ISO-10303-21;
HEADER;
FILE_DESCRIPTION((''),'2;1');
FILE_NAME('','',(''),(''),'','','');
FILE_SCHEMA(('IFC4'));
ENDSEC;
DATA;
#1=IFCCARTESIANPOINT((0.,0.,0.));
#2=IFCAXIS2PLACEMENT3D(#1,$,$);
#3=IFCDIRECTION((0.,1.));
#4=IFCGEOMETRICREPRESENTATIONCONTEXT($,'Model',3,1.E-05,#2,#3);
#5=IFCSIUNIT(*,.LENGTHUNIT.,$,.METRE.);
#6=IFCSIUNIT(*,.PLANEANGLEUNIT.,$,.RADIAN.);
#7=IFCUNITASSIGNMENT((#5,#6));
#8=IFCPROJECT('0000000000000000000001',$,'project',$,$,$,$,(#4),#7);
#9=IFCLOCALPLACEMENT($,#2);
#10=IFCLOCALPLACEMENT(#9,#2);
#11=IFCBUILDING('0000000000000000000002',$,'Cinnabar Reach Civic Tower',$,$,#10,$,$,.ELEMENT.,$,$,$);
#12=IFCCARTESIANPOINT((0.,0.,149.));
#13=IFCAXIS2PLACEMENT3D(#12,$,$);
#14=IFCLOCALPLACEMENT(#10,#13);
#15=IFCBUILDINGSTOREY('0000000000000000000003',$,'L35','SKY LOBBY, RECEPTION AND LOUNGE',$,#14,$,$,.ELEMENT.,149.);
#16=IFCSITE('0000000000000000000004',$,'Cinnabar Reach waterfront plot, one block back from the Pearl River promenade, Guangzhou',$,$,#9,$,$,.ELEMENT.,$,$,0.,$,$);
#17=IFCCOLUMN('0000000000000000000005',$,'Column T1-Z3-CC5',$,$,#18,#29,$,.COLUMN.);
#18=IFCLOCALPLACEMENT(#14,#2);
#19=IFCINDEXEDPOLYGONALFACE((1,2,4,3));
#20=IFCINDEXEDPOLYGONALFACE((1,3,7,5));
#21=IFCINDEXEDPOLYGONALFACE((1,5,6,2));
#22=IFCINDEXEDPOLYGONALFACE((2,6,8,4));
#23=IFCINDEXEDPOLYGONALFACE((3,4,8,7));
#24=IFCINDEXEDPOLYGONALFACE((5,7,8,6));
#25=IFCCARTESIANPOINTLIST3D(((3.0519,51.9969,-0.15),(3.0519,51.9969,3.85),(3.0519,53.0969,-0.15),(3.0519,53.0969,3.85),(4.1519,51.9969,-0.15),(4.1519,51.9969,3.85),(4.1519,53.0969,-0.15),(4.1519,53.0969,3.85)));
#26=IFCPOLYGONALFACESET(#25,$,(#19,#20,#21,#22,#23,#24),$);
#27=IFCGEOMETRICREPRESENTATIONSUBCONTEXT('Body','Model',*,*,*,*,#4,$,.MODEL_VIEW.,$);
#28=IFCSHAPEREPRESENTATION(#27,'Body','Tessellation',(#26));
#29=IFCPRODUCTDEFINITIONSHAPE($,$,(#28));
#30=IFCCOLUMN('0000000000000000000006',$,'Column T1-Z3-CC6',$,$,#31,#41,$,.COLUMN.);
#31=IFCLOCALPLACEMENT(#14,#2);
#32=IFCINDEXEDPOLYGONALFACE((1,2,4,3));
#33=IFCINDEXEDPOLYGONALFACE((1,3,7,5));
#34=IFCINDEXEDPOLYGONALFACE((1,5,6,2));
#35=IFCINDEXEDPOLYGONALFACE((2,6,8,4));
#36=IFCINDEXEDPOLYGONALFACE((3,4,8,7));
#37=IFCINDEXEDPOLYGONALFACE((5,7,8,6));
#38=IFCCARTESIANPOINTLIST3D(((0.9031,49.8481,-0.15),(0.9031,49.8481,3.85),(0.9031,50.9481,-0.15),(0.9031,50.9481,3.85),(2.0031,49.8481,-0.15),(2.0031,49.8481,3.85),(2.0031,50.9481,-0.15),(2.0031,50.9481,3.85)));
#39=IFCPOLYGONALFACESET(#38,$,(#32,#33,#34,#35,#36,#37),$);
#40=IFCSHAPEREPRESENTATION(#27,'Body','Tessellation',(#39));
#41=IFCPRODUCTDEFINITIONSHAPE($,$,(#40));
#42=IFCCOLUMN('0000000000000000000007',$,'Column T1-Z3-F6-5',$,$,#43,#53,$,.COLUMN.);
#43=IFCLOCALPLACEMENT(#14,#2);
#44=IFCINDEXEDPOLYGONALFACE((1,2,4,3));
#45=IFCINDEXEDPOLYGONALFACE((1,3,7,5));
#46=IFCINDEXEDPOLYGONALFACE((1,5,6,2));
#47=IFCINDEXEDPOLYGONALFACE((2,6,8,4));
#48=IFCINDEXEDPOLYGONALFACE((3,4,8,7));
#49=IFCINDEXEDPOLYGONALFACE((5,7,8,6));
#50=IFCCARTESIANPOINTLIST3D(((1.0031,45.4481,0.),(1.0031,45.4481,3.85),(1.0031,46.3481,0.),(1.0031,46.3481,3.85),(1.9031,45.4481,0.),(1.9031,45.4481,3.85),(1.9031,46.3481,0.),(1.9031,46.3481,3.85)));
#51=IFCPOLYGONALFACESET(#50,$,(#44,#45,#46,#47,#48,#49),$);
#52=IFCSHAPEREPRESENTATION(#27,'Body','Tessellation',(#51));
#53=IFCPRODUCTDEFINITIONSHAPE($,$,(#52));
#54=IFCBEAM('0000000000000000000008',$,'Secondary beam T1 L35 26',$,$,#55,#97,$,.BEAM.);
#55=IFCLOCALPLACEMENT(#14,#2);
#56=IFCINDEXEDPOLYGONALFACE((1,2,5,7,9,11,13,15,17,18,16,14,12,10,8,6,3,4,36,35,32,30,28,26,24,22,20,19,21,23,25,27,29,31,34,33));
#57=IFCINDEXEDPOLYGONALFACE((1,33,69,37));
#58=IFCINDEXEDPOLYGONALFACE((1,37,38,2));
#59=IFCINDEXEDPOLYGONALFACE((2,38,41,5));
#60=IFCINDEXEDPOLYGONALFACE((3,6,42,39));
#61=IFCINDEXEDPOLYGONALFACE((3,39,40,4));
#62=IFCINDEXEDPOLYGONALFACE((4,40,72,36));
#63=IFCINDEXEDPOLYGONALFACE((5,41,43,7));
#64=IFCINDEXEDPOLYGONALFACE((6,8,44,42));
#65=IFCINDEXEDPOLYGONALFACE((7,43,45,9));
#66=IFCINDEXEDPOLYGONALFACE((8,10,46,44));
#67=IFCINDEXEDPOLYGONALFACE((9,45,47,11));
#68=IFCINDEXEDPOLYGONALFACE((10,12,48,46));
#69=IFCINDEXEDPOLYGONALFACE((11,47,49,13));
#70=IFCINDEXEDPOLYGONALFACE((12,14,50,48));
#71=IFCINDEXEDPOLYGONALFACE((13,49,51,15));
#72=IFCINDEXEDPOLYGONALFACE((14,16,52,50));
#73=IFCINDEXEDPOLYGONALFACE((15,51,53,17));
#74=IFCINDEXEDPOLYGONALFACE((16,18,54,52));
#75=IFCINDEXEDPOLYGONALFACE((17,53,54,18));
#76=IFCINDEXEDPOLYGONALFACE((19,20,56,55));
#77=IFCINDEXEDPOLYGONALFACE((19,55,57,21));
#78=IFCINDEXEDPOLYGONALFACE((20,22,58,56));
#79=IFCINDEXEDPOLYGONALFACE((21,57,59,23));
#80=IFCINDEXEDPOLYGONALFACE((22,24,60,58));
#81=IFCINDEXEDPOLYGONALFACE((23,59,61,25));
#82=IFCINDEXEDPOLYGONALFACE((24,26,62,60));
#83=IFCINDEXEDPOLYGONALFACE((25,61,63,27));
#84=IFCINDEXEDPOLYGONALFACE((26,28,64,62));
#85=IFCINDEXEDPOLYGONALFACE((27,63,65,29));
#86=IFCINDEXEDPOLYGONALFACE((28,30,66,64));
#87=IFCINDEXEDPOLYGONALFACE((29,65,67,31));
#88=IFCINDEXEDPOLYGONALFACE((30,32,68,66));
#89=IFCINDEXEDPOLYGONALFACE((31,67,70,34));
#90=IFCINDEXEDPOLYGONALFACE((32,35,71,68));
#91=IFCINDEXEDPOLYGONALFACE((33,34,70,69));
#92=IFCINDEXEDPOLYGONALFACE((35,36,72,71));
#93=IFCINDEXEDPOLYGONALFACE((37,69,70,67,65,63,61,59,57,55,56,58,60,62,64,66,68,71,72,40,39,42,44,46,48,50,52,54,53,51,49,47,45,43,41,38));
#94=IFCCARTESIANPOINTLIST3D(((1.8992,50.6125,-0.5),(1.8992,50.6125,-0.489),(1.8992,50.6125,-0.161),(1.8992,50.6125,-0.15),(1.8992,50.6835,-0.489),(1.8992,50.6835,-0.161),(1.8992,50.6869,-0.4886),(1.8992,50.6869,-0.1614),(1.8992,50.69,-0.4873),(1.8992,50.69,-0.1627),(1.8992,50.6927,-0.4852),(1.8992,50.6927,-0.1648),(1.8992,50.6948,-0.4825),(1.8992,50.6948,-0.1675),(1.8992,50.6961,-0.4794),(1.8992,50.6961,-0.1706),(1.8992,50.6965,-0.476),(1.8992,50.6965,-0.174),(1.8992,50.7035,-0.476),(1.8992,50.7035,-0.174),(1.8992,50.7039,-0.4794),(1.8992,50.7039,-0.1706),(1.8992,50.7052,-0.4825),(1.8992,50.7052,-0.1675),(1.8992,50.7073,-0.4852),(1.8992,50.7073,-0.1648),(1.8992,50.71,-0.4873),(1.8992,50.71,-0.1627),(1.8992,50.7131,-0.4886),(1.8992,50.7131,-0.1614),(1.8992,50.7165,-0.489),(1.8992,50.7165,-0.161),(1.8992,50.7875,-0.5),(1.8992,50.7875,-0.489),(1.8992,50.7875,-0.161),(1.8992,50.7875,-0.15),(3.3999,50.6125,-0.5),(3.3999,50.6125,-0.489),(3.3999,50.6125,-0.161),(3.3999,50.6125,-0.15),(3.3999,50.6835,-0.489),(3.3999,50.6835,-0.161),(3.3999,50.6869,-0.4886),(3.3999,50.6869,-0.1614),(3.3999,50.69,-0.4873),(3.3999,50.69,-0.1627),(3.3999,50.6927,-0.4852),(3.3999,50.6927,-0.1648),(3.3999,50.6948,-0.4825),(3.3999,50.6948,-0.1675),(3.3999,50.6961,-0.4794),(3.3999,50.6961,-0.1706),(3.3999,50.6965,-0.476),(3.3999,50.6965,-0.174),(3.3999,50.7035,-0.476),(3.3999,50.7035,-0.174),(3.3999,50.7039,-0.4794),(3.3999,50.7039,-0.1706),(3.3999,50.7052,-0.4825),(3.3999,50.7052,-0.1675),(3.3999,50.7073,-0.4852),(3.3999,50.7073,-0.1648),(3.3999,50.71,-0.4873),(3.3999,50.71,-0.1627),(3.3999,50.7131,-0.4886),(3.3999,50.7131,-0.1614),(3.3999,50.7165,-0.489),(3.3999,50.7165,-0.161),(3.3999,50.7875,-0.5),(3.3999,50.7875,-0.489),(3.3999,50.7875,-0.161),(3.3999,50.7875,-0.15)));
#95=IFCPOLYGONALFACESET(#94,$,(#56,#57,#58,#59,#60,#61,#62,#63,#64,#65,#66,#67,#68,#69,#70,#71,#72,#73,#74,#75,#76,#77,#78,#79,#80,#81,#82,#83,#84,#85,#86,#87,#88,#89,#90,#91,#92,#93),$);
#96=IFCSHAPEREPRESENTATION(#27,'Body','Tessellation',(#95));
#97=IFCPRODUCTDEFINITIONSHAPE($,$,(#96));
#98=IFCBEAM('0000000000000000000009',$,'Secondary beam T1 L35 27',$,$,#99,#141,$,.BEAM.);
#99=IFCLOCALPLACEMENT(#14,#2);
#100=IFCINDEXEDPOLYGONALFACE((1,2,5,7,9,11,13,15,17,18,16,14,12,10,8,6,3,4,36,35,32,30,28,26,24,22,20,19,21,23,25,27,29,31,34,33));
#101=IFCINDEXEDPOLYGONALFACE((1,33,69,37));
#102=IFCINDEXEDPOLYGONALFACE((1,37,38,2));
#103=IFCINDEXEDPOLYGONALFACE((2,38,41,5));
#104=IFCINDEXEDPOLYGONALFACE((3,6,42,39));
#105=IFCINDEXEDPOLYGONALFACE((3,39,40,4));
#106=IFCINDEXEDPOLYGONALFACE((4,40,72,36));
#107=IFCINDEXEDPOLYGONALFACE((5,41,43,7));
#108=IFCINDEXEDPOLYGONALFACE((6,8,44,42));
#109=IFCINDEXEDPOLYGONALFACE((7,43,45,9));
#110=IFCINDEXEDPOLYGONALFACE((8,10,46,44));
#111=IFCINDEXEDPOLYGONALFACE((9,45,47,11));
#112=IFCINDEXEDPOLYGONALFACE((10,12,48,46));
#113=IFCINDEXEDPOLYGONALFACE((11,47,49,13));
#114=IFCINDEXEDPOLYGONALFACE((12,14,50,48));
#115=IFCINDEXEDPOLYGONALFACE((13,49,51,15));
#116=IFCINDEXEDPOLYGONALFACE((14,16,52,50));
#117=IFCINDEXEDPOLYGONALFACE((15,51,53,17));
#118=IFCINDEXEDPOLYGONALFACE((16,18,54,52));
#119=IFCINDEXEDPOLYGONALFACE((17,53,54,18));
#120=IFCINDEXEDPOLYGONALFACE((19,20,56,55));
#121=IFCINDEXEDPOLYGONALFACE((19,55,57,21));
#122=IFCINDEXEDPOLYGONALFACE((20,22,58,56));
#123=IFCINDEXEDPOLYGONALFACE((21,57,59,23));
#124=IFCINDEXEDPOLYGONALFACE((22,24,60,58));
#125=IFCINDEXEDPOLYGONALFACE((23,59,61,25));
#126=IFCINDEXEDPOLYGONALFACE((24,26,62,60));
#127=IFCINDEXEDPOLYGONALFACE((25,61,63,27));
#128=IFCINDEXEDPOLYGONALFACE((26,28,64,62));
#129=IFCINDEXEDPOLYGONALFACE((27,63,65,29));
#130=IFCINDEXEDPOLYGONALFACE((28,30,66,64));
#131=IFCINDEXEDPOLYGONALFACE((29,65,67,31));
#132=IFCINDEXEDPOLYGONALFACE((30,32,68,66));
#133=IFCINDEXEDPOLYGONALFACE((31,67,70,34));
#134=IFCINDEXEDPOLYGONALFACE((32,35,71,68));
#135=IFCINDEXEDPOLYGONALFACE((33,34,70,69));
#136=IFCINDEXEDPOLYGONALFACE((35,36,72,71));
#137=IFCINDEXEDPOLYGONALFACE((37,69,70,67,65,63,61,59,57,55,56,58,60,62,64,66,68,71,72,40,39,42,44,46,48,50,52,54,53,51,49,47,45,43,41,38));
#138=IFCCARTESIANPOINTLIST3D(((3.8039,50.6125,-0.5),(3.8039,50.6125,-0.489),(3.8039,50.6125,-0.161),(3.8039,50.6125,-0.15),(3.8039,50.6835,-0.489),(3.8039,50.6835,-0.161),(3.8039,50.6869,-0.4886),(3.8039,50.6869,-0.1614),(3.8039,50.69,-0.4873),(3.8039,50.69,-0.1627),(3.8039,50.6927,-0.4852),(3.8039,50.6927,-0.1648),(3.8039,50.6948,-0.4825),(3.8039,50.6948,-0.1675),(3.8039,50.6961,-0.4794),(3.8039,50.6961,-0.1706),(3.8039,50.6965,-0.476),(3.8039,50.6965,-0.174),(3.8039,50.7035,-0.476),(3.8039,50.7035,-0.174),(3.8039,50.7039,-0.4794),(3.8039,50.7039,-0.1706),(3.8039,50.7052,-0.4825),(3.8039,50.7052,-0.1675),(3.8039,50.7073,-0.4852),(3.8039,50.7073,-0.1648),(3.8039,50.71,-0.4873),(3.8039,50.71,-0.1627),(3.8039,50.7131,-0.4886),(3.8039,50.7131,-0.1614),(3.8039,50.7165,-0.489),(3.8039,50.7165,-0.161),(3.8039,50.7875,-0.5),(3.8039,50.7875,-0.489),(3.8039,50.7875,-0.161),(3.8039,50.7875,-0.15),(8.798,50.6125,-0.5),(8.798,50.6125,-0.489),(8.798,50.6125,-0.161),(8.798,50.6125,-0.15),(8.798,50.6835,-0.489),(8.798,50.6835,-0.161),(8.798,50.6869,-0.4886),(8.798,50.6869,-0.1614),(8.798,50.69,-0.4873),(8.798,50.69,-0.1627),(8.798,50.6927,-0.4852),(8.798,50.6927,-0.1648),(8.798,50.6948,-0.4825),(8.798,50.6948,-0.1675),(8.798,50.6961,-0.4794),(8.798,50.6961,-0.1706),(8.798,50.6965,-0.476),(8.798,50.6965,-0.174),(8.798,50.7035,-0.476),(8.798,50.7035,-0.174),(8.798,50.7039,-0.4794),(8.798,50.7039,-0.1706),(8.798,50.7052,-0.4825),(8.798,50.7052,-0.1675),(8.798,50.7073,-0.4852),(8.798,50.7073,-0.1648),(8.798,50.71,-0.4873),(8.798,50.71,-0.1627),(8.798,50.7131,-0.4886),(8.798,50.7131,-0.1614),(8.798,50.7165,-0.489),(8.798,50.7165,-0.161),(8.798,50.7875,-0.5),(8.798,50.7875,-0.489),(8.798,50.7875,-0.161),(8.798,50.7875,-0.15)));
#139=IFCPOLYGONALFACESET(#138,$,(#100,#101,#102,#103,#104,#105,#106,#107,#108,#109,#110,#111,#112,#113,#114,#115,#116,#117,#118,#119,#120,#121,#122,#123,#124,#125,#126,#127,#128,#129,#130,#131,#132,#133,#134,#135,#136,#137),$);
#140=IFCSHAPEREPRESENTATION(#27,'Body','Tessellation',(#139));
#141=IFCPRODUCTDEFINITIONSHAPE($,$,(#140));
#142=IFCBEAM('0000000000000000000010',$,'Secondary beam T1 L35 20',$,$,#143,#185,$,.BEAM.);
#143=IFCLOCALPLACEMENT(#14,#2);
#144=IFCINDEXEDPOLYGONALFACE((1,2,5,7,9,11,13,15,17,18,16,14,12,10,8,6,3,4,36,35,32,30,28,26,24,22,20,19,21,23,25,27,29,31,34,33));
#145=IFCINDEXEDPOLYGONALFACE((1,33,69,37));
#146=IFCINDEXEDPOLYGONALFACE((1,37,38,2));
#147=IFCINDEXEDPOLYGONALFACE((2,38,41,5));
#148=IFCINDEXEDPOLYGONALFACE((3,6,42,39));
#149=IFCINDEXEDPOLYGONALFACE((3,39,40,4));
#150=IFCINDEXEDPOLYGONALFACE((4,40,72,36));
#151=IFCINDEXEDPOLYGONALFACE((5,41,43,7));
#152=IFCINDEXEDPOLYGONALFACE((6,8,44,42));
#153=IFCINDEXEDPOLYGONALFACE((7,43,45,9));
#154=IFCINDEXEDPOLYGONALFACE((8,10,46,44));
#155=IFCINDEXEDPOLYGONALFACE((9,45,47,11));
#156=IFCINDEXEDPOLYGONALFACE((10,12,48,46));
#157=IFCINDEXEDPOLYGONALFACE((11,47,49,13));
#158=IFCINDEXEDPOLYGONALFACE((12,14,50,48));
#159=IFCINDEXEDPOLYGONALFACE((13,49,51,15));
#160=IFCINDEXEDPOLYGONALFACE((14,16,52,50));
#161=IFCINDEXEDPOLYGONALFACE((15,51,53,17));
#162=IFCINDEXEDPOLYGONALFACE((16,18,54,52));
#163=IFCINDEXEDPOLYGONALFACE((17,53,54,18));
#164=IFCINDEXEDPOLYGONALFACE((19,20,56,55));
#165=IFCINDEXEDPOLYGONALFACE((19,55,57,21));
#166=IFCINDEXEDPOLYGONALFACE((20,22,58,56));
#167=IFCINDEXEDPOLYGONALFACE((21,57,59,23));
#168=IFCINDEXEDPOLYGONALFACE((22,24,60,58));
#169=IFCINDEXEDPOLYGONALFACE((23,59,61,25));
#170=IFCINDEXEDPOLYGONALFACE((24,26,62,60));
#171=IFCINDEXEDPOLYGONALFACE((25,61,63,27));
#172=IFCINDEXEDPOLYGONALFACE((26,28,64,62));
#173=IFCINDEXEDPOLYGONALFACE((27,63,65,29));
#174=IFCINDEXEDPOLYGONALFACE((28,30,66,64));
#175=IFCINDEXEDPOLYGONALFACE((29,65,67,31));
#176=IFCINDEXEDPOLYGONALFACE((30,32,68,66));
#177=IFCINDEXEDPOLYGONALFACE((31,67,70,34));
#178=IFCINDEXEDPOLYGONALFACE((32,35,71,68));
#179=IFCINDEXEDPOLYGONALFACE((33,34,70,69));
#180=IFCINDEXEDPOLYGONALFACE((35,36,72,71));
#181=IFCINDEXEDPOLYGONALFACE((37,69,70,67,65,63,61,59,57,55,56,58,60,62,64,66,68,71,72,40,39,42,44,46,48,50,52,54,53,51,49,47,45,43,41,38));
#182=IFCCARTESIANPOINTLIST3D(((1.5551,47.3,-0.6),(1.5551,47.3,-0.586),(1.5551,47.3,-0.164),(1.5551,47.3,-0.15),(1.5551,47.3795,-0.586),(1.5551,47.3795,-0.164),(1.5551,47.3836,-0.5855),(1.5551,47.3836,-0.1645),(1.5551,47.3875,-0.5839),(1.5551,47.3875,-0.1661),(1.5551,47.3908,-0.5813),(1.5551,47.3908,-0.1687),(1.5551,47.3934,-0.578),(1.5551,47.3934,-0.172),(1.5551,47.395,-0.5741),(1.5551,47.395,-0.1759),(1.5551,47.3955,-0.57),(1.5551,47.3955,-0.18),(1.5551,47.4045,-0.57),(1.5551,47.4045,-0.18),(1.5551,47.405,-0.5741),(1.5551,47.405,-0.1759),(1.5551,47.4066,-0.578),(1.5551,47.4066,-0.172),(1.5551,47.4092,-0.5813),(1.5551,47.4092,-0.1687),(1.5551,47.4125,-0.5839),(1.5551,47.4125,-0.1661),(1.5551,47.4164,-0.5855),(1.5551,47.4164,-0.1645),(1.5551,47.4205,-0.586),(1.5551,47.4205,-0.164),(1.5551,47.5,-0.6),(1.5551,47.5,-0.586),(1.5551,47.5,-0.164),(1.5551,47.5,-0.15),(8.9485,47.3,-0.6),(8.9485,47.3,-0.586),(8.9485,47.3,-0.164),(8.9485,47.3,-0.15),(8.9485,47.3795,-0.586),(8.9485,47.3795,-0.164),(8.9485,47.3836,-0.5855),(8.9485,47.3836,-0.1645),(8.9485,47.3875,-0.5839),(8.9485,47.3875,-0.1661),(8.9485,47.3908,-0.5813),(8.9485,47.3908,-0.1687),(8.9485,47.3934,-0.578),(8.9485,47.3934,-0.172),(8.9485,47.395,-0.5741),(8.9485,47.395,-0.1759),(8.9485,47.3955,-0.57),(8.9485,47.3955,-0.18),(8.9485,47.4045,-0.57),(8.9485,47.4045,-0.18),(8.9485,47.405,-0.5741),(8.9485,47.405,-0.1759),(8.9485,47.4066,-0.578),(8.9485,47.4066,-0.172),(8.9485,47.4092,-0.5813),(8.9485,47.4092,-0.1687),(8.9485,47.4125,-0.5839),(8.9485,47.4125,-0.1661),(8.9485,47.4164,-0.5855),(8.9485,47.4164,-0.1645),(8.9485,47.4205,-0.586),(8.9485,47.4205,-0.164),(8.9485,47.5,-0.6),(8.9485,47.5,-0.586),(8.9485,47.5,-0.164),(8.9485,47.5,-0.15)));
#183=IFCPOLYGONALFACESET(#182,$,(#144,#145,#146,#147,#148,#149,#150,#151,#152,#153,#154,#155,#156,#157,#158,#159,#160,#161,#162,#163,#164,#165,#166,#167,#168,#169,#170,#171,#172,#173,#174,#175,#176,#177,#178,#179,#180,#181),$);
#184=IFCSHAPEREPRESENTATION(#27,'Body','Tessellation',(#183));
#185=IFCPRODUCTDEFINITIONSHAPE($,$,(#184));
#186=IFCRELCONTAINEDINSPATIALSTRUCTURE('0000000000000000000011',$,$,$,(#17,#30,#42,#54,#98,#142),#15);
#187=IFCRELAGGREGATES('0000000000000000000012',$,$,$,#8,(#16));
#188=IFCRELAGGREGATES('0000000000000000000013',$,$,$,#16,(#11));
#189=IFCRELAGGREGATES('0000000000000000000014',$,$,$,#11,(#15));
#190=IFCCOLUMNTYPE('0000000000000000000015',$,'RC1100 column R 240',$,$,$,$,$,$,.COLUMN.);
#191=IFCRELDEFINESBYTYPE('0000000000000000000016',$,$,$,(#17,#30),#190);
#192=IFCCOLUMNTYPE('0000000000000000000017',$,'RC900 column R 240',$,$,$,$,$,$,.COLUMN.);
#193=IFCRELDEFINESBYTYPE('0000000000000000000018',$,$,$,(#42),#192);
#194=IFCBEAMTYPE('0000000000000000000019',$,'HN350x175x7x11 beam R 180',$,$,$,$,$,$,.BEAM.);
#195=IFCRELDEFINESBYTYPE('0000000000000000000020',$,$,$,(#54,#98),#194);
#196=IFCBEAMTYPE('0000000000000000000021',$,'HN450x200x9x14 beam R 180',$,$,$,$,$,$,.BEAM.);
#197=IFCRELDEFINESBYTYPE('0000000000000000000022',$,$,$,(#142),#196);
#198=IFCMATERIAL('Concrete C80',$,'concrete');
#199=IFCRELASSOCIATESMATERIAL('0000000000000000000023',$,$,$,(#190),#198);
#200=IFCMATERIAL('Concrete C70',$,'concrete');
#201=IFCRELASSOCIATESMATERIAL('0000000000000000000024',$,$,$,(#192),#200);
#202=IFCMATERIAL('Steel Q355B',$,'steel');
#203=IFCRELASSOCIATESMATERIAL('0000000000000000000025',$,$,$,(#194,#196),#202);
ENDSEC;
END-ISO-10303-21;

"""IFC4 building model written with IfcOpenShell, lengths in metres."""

from ifc_helpers import new_model, si_unit, direction, frame, origin, origin_2d, place, context, subcontext, project, spatial, rectangle, i_section, extrude, material, material_profile, profile_set, type_object, element, save


model = new_model("IFC4")

# Units and contexts
model_context = context("Model", 3, precision=1e-05, world=origin(), true_north=direction((0.0, 1.0)))
body_context = subcontext(model_context, "Body", "Model", "MODEL_VIEW")
ifc_project = project(units=[si_unit("LENGTHUNIT", "METRE"), si_unit("PLANEANGLEUNIT", "RADIAN")], contexts=[model_context])

# Site, building, storey
site_placement = place(None, origin())
site = spatial("IfcSite", under=ifc_project, at=site_placement, Name="Cinnabar Reach waterfront plot, one block back from the Pearl River promenade, Guangzhou", CompositionType="ELEMENT", RefElevation=0.0)
building_placement = place(site_placement, origin())
building = spatial("IfcBuilding", under=site, at=building_placement, Name="Cinnabar Reach Civic Tower", CompositionType="ELEMENT")
storey_placement = place(building_placement, frame((0.0, 0.0, 149.0)))
storey = spatial("IfcBuildingStorey", under=building, at=storey_placement, Name="L35", Description="SKY LOBBY, RECEPTION AND LOUNGE", CompositionType="ELEMENT", Elevation=149.0)

# Columns
ifc_material_1 = material(Name="Concrete C80", Category="concrete")
ifc_material_profile_1 = material_profile(ifc_material_1, rectangle(XDim=1.1, YDim=1.1, at=origin_2d()), Name="RC1100")
ifc_profile_set_1 = profile_set([ifc_material_profile_1], Name="Concrete C80")
column_type_1 = type_object("IfcColumnType", Name="RC1100 column R 240", PredefinedType="COLUMN", material=ifc_profile_set_1)
for number, where, z_axis, x_axis, name in (
    (1, (3.6019, 52.5469, -0.15), (0.0, 0.0, 1.0), (1.0, 0.0, 0.0), "Column T1-Z3-CC5"),
    (2, (1.4531, 50.3981, -0.15), (0.0, 0.0, 1.0), (1.0, 0.0, 0.0), "Column T1-Z3-CC6"),
):
    element("IfcColumn", number, at=place(storey_placement, frame(where, z_axis=z_axis, x_axis=x_axis)), inside=storey, type_object=column_type_1, Name=name, PredefinedType="COLUMN", context=body_context, shape_type="SweptSolid", body=[
        extrude(rectangle(XDim=1.1, YDim=1.1, at=origin_2d()), origin(), (0.0, 0.0, 1.0), 4.0),
    ])
ifc_material_2 = material(Name="Concrete C70", Category="concrete")
ifc_material_profile_2 = material_profile(ifc_material_2, rectangle(XDim=0.9, YDim=0.9, at=origin_2d()), Name="RC900")
ifc_profile_set_2 = profile_set([ifc_material_profile_2], Name="Concrete C70")
column_type_2 = type_object("IfcColumnType", Name="RC900 column R 240", PredefinedType="COLUMN", material=ifc_profile_set_2)
column_placement = place(storey_placement, frame((1.4531, 45.8981, 0.0), z_axis=(0.0, 0.0, 1.0), x_axis=(1.0, 0.0, 0.0)))
element("IfcColumn", 3, at=column_placement, inside=storey, type_object=column_type_2, Name="Column T1-Z3-F6-5", PredefinedType="COLUMN", context=body_context, shape_type="SweptSolid", body=[
    extrude(rectangle(XDim=0.9, YDim=0.9, at=origin_2d()), origin(), (0.0, 0.0, 1.0), 3.85),
])

# Beams
ifc_material_3 = material(Name="Steel Q355B", Category="steel")
ifc_material_profile_3 = material_profile(ifc_material_3, i_section(OverallWidth=0.175, OverallDepth=0.35, WebThickness=0.007, FlangeThickness=0.011, FilletRadius=0.013, at=origin_2d()), Name="HN350x175x7x11")
ifc_profile_set_3 = profile_set([ifc_material_profile_3], Name="Steel Q355B")
beam_type_1 = type_object("IfcBeamType", Name="HN350x175x7x11 beam R 180", PredefinedType="BEAM", material=ifc_profile_set_3)
beam_1_placement = place(storey_placement, frame((1.8992, 50.7, -0.325), z_axis=(1.0, 0.0, 0.0), x_axis=(0.0, 1.0, 0.0)))
element("IfcBeam", 4, at=beam_1_placement, inside=storey, type_object=beam_type_1, Name="Secondary beam T1 L35 26", PredefinedType="BEAM", context=body_context, shape_type="SweptSolid", body=[
    extrude(i_section(OverallWidth=0.175, OverallDepth=0.35, WebThickness=0.007, FlangeThickness=0.011, FilletRadius=0.013, at=origin_2d()), origin(), (0.0, 0.0, 1.0), 1.5007),
])
beam_2_placement = place(storey_placement, frame((3.8039, 50.7, -0.325), z_axis=(1.0, 0.0, 0.0), x_axis=(0.0, 1.0, 0.0)))
element("IfcBeam", 5, at=beam_2_placement, inside=storey, type_object=beam_type_1, Name="Secondary beam T1 L35 27", PredefinedType="BEAM", context=body_context, shape_type="SweptSolid", body=[
    extrude(i_section(OverallWidth=0.175, OverallDepth=0.35, WebThickness=0.007, FlangeThickness=0.011, FilletRadius=0.013, at=origin_2d()), origin(), (0.0, 0.0, 1.0), 4.9941),
])
ifc_material_profile_4 = material_profile(ifc_material_3, i_section(OverallWidth=0.2, OverallDepth=0.45, WebThickness=0.009, FlangeThickness=0.014, FilletRadius=0.016, at=origin_2d()), Name="HN450x200x9x14")
ifc_profile_set_4 = profile_set([ifc_material_profile_4], Name="Steel Q355B")
beam_type_2 = type_object("IfcBeamType", Name="HN450x200x9x14 beam R 180", PredefinedType="BEAM", material=ifc_profile_set_4)
beam_3_placement = place(storey_placement, frame((1.5551, 47.4, -0.375), z_axis=(1.0, 0.0, 0.0), x_axis=(0.0, 1.0, 0.0)))
element("IfcBeam", 6, at=beam_3_placement, inside=storey, type_object=beam_type_2, Name="Secondary beam T1 L35 20", PredefinedType="BEAM", context=body_context, shape_type="SweptSolid", body=[
    extrude(i_section(OverallWidth=0.2, OverallDepth=0.45, WebThickness=0.009, FlangeThickness=0.014, FilletRadius=0.016, at=origin_2d()), origin(), (0.0, 0.0, 1.0), 7.3934),
])

save(model, "model.ifc")
